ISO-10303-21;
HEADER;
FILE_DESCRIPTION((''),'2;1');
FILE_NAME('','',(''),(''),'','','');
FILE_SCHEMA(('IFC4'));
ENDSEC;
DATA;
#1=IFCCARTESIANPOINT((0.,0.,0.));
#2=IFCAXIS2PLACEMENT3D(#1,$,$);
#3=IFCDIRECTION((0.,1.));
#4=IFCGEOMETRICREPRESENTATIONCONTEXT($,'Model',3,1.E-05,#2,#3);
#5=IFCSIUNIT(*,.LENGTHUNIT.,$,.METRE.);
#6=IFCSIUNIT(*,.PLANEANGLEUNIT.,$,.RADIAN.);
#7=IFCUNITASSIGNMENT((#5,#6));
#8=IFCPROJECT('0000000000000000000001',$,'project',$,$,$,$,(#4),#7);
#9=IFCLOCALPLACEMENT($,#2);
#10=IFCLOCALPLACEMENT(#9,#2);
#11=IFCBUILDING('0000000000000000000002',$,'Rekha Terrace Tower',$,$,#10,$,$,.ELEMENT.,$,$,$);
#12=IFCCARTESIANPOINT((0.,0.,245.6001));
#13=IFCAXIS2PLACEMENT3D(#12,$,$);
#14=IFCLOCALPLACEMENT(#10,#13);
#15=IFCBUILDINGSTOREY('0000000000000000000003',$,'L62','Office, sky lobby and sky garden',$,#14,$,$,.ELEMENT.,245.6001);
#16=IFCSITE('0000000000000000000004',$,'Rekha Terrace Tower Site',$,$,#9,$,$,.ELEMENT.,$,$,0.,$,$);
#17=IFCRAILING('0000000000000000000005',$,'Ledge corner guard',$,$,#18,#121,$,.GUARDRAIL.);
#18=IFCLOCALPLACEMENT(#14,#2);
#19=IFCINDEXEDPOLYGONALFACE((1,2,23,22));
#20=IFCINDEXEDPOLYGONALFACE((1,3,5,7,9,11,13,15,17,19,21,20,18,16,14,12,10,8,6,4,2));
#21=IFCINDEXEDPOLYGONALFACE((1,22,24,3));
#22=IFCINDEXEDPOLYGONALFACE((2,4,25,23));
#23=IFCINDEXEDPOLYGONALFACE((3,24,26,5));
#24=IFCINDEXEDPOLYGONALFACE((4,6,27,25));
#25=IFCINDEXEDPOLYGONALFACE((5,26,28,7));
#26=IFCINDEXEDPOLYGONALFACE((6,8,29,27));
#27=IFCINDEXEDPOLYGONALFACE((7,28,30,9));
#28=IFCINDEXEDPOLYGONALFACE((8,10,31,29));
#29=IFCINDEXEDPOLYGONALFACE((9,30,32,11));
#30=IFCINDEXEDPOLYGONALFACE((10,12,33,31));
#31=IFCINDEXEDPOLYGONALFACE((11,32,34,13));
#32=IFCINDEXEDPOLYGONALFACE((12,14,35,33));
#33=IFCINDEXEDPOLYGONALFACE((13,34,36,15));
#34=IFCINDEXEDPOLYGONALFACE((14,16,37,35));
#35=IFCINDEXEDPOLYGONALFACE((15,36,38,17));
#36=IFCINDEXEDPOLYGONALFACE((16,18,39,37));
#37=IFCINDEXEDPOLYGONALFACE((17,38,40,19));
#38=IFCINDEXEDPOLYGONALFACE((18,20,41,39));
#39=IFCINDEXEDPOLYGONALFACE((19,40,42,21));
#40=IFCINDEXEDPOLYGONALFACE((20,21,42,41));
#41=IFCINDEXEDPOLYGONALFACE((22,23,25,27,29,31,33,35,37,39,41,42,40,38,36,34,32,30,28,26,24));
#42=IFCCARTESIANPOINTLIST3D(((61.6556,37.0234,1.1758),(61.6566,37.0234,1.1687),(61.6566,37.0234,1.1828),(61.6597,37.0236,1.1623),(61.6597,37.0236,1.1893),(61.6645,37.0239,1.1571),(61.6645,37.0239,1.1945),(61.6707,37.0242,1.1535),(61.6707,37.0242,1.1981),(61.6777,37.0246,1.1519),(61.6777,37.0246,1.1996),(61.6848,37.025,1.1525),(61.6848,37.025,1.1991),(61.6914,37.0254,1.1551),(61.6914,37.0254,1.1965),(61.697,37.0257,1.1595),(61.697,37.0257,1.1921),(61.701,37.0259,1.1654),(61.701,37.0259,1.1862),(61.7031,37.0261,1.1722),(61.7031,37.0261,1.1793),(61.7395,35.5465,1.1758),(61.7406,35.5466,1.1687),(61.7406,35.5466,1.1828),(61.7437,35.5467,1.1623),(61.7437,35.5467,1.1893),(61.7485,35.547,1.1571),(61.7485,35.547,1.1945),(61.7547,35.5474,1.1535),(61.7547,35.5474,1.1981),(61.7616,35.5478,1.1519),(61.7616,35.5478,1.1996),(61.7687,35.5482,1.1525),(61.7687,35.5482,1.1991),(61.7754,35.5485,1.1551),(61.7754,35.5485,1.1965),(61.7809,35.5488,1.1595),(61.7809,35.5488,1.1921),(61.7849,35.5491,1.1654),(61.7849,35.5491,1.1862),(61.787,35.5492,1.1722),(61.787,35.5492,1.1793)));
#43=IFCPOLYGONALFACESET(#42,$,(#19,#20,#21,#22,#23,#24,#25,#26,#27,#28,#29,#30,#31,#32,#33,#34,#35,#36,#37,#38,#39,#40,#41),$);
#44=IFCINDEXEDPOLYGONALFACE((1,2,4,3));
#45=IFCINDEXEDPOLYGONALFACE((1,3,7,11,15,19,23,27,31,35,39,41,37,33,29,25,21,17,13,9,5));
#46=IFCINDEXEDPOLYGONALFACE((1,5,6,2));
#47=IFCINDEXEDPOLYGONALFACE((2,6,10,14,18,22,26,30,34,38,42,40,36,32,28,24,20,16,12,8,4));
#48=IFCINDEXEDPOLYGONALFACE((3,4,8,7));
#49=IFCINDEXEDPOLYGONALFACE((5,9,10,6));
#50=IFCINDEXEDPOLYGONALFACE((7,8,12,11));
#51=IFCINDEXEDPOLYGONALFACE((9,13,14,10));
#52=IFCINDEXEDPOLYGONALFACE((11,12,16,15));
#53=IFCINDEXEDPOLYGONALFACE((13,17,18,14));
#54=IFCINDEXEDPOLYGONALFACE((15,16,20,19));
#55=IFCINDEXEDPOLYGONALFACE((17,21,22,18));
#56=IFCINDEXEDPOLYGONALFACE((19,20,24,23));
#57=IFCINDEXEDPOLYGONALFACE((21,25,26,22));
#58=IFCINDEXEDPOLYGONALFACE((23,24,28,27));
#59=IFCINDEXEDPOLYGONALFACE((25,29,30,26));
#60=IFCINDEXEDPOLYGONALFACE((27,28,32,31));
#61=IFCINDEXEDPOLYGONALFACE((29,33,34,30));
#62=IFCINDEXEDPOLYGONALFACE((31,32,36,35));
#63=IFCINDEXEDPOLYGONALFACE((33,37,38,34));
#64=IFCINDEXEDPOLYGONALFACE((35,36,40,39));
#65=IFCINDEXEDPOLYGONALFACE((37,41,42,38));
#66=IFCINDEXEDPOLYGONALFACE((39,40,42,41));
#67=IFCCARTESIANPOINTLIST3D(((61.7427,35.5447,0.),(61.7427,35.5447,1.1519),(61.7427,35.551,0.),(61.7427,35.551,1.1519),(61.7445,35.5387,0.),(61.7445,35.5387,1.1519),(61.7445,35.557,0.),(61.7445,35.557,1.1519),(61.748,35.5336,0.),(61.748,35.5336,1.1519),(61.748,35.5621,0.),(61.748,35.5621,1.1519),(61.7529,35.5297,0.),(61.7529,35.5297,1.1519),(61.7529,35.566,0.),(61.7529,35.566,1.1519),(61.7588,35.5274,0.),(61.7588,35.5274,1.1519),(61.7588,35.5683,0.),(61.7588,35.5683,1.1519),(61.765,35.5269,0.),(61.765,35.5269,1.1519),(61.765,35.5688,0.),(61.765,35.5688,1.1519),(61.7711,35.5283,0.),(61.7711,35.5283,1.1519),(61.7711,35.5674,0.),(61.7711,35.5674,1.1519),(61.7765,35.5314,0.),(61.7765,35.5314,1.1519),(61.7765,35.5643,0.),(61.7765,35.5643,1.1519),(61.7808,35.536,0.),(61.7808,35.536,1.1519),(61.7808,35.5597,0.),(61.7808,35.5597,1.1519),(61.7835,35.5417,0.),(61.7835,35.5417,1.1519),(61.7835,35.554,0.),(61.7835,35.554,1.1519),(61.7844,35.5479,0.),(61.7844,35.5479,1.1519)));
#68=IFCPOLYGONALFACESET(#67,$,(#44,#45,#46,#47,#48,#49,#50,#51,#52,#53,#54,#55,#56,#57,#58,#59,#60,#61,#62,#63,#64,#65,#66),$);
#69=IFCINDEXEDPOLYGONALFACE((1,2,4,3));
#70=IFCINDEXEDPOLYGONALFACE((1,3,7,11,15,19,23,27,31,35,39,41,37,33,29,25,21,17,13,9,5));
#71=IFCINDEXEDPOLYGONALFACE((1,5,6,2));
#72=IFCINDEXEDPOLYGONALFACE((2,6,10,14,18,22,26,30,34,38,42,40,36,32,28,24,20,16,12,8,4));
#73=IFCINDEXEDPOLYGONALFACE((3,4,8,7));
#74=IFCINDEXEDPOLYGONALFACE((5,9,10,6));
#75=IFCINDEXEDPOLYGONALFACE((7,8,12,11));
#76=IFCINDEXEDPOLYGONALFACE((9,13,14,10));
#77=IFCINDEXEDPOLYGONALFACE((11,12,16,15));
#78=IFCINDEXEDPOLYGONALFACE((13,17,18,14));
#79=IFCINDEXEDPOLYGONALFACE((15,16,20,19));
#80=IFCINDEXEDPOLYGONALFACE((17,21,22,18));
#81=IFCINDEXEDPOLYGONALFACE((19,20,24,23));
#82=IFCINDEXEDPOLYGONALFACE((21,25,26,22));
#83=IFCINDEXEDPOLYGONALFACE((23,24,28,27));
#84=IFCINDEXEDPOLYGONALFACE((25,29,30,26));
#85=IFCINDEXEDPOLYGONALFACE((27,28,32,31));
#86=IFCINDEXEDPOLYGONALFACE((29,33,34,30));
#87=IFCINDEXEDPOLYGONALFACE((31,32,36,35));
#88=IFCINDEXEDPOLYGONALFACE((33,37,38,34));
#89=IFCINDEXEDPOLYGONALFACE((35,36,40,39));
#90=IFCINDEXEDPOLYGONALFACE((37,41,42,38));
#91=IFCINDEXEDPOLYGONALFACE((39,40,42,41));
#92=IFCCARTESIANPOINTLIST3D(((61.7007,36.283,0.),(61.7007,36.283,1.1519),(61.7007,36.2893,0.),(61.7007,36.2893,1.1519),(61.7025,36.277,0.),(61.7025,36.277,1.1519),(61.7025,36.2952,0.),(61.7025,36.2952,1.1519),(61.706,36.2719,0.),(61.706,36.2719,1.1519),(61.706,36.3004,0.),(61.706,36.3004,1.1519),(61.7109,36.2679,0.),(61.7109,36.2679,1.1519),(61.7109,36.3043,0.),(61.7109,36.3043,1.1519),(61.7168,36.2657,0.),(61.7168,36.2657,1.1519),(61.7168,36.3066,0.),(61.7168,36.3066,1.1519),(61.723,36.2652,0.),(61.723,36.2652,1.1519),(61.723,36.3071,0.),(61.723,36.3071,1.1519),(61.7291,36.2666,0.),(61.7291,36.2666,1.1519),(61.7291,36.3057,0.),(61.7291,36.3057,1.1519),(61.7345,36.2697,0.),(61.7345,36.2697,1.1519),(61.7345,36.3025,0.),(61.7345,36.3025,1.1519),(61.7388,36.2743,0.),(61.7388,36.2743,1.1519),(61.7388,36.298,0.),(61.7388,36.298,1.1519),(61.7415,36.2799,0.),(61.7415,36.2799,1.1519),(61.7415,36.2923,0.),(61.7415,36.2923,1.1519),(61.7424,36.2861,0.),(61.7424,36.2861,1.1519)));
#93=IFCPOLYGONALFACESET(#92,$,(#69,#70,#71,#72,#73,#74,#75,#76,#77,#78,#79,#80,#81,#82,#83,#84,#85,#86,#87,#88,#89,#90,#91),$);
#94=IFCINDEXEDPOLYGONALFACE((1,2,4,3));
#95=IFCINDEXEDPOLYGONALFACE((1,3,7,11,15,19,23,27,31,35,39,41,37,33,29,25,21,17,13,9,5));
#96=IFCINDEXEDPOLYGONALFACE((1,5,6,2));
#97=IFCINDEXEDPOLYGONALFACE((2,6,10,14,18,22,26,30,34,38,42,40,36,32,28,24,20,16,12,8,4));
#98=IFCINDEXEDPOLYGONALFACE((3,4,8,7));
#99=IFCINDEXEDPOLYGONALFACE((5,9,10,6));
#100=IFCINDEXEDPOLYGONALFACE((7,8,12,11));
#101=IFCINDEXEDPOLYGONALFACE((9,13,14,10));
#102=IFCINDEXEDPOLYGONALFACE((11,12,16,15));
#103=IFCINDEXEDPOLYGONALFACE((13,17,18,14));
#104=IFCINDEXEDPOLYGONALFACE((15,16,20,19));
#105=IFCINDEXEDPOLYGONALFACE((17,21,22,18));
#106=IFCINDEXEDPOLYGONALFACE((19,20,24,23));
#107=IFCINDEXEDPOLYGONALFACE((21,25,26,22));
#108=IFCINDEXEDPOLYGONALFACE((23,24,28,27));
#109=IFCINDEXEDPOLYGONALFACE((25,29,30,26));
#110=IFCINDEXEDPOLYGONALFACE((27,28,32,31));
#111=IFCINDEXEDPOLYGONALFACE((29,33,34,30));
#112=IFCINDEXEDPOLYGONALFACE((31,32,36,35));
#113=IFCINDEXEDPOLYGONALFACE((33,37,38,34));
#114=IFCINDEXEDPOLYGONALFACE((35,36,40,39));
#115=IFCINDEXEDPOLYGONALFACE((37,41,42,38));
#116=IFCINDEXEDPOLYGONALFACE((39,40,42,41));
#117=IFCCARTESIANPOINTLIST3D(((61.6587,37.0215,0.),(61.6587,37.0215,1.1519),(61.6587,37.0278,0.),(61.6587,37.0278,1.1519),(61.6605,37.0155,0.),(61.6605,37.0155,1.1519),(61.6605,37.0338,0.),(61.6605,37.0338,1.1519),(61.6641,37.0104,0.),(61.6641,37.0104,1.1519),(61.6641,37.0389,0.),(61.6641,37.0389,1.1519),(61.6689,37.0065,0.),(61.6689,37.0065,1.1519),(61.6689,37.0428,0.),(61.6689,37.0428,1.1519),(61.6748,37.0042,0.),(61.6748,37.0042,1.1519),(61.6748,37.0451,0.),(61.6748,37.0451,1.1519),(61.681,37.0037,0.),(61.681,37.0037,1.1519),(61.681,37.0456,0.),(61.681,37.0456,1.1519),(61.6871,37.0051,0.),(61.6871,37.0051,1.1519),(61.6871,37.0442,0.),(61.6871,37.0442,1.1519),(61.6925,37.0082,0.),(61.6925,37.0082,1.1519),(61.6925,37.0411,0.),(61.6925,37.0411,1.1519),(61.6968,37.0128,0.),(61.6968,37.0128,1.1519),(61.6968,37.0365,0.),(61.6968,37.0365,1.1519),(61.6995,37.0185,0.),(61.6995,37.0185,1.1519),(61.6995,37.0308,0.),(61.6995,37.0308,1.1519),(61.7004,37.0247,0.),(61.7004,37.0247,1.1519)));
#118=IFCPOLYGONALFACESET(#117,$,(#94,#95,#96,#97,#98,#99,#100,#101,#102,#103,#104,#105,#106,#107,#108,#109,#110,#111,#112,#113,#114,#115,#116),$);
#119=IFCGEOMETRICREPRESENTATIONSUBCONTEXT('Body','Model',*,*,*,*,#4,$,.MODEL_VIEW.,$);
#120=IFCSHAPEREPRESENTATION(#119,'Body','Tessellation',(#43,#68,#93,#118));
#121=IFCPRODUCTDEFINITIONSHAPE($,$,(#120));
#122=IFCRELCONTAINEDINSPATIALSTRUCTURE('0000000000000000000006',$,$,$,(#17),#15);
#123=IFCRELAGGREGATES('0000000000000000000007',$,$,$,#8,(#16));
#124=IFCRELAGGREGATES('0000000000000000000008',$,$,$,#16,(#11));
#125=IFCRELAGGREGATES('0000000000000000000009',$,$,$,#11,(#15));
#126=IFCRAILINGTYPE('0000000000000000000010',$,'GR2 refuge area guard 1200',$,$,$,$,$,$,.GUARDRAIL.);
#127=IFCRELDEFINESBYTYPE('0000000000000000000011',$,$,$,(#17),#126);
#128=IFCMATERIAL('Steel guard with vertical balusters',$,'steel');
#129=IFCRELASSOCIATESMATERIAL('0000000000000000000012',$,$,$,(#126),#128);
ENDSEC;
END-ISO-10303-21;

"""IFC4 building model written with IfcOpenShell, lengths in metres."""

from ifc_helpers import new_model, si_unit, direction, frame, origin, origin_2d, place, context, subcontext, project, spatial, circle, extrude, material, type_object, element, save


model = new_model("IFC4")

# Units and contexts
model_context = context("Model", 3, precision=1e-05, world=origin(), true_north=direction((0.0, 1.0)))
body_context = subcontext(model_context, "Body", "Model", "MODEL_VIEW")
ifc_project = project(units=[si_unit("LENGTHUNIT", "METRE"), si_unit("PLANEANGLEUNIT", "RADIAN")], contexts=[model_context])

# Site, building, storey
site_placement = place(None, origin())
site = spatial("IfcSite", under=ifc_project, at=site_placement, Name="Rekha Terrace Tower Site", CompositionType="ELEMENT", RefElevation=0.0)
building_placement = place(site_placement, origin())
building = spatial("IfcBuilding", under=site, at=building_placement, Name="Rekha Terrace Tower", CompositionType="ELEMENT")
storey_placement = place(building_placement, frame((0.0, 0.0, 245.6001)))
storey = spatial("IfcBuildingStorey", under=building, at=storey_placement, Name="L62", Description="Office, sky lobby and sky garden", CompositionType="ELEMENT", Elevation=245.6001)

# Railing
ifc_material_1 = material(Name="Steel guard with vertical balusters", Category="steel")
railing_type_1 = type_object("IfcRailingType", Name="GR2 refuge area guard 1200", PredefinedType="GUARDRAIL", material=ifc_material_1)
railing_1_placement = place(storey_placement, frame((61.7634, 35.5479, 0.0)))
element("IfcRailing", 1, at=railing_1_placement, inside=storey, type_object=railing_type_1, Name="Ledge corner guard", PredefinedType="GUARDRAIL", context=body_context, shape_type="SweptSolid", body=[
    extrude(circle(Radius=0.0239, at=origin_2d()), frame((0.0, 0.0, 1.1758), z_axis=(-0.056777, 0.998387, 0.0), x_axis=(-0.998387, -0.056777, 0.0)), (0.0, 0.0, 1.0), 1.4792),
    extrude(circle(Radius=0.021, at=origin_2d()), origin(), (0.0, 0.0, 1.0), 1.1519),
    extrude(circle(Radius=0.021, at=origin_2d()), frame((-0.042, 0.7383, 0.0)), (0.0, 0.0, 1.0), 1.1519),
    extrude(circle(Radius=0.021, at=origin_2d()), frame((-0.084, 1.4768, 0.0)), (0.0, 0.0, 1.0), 1.1519),
])

save(model, "model.ifc")
